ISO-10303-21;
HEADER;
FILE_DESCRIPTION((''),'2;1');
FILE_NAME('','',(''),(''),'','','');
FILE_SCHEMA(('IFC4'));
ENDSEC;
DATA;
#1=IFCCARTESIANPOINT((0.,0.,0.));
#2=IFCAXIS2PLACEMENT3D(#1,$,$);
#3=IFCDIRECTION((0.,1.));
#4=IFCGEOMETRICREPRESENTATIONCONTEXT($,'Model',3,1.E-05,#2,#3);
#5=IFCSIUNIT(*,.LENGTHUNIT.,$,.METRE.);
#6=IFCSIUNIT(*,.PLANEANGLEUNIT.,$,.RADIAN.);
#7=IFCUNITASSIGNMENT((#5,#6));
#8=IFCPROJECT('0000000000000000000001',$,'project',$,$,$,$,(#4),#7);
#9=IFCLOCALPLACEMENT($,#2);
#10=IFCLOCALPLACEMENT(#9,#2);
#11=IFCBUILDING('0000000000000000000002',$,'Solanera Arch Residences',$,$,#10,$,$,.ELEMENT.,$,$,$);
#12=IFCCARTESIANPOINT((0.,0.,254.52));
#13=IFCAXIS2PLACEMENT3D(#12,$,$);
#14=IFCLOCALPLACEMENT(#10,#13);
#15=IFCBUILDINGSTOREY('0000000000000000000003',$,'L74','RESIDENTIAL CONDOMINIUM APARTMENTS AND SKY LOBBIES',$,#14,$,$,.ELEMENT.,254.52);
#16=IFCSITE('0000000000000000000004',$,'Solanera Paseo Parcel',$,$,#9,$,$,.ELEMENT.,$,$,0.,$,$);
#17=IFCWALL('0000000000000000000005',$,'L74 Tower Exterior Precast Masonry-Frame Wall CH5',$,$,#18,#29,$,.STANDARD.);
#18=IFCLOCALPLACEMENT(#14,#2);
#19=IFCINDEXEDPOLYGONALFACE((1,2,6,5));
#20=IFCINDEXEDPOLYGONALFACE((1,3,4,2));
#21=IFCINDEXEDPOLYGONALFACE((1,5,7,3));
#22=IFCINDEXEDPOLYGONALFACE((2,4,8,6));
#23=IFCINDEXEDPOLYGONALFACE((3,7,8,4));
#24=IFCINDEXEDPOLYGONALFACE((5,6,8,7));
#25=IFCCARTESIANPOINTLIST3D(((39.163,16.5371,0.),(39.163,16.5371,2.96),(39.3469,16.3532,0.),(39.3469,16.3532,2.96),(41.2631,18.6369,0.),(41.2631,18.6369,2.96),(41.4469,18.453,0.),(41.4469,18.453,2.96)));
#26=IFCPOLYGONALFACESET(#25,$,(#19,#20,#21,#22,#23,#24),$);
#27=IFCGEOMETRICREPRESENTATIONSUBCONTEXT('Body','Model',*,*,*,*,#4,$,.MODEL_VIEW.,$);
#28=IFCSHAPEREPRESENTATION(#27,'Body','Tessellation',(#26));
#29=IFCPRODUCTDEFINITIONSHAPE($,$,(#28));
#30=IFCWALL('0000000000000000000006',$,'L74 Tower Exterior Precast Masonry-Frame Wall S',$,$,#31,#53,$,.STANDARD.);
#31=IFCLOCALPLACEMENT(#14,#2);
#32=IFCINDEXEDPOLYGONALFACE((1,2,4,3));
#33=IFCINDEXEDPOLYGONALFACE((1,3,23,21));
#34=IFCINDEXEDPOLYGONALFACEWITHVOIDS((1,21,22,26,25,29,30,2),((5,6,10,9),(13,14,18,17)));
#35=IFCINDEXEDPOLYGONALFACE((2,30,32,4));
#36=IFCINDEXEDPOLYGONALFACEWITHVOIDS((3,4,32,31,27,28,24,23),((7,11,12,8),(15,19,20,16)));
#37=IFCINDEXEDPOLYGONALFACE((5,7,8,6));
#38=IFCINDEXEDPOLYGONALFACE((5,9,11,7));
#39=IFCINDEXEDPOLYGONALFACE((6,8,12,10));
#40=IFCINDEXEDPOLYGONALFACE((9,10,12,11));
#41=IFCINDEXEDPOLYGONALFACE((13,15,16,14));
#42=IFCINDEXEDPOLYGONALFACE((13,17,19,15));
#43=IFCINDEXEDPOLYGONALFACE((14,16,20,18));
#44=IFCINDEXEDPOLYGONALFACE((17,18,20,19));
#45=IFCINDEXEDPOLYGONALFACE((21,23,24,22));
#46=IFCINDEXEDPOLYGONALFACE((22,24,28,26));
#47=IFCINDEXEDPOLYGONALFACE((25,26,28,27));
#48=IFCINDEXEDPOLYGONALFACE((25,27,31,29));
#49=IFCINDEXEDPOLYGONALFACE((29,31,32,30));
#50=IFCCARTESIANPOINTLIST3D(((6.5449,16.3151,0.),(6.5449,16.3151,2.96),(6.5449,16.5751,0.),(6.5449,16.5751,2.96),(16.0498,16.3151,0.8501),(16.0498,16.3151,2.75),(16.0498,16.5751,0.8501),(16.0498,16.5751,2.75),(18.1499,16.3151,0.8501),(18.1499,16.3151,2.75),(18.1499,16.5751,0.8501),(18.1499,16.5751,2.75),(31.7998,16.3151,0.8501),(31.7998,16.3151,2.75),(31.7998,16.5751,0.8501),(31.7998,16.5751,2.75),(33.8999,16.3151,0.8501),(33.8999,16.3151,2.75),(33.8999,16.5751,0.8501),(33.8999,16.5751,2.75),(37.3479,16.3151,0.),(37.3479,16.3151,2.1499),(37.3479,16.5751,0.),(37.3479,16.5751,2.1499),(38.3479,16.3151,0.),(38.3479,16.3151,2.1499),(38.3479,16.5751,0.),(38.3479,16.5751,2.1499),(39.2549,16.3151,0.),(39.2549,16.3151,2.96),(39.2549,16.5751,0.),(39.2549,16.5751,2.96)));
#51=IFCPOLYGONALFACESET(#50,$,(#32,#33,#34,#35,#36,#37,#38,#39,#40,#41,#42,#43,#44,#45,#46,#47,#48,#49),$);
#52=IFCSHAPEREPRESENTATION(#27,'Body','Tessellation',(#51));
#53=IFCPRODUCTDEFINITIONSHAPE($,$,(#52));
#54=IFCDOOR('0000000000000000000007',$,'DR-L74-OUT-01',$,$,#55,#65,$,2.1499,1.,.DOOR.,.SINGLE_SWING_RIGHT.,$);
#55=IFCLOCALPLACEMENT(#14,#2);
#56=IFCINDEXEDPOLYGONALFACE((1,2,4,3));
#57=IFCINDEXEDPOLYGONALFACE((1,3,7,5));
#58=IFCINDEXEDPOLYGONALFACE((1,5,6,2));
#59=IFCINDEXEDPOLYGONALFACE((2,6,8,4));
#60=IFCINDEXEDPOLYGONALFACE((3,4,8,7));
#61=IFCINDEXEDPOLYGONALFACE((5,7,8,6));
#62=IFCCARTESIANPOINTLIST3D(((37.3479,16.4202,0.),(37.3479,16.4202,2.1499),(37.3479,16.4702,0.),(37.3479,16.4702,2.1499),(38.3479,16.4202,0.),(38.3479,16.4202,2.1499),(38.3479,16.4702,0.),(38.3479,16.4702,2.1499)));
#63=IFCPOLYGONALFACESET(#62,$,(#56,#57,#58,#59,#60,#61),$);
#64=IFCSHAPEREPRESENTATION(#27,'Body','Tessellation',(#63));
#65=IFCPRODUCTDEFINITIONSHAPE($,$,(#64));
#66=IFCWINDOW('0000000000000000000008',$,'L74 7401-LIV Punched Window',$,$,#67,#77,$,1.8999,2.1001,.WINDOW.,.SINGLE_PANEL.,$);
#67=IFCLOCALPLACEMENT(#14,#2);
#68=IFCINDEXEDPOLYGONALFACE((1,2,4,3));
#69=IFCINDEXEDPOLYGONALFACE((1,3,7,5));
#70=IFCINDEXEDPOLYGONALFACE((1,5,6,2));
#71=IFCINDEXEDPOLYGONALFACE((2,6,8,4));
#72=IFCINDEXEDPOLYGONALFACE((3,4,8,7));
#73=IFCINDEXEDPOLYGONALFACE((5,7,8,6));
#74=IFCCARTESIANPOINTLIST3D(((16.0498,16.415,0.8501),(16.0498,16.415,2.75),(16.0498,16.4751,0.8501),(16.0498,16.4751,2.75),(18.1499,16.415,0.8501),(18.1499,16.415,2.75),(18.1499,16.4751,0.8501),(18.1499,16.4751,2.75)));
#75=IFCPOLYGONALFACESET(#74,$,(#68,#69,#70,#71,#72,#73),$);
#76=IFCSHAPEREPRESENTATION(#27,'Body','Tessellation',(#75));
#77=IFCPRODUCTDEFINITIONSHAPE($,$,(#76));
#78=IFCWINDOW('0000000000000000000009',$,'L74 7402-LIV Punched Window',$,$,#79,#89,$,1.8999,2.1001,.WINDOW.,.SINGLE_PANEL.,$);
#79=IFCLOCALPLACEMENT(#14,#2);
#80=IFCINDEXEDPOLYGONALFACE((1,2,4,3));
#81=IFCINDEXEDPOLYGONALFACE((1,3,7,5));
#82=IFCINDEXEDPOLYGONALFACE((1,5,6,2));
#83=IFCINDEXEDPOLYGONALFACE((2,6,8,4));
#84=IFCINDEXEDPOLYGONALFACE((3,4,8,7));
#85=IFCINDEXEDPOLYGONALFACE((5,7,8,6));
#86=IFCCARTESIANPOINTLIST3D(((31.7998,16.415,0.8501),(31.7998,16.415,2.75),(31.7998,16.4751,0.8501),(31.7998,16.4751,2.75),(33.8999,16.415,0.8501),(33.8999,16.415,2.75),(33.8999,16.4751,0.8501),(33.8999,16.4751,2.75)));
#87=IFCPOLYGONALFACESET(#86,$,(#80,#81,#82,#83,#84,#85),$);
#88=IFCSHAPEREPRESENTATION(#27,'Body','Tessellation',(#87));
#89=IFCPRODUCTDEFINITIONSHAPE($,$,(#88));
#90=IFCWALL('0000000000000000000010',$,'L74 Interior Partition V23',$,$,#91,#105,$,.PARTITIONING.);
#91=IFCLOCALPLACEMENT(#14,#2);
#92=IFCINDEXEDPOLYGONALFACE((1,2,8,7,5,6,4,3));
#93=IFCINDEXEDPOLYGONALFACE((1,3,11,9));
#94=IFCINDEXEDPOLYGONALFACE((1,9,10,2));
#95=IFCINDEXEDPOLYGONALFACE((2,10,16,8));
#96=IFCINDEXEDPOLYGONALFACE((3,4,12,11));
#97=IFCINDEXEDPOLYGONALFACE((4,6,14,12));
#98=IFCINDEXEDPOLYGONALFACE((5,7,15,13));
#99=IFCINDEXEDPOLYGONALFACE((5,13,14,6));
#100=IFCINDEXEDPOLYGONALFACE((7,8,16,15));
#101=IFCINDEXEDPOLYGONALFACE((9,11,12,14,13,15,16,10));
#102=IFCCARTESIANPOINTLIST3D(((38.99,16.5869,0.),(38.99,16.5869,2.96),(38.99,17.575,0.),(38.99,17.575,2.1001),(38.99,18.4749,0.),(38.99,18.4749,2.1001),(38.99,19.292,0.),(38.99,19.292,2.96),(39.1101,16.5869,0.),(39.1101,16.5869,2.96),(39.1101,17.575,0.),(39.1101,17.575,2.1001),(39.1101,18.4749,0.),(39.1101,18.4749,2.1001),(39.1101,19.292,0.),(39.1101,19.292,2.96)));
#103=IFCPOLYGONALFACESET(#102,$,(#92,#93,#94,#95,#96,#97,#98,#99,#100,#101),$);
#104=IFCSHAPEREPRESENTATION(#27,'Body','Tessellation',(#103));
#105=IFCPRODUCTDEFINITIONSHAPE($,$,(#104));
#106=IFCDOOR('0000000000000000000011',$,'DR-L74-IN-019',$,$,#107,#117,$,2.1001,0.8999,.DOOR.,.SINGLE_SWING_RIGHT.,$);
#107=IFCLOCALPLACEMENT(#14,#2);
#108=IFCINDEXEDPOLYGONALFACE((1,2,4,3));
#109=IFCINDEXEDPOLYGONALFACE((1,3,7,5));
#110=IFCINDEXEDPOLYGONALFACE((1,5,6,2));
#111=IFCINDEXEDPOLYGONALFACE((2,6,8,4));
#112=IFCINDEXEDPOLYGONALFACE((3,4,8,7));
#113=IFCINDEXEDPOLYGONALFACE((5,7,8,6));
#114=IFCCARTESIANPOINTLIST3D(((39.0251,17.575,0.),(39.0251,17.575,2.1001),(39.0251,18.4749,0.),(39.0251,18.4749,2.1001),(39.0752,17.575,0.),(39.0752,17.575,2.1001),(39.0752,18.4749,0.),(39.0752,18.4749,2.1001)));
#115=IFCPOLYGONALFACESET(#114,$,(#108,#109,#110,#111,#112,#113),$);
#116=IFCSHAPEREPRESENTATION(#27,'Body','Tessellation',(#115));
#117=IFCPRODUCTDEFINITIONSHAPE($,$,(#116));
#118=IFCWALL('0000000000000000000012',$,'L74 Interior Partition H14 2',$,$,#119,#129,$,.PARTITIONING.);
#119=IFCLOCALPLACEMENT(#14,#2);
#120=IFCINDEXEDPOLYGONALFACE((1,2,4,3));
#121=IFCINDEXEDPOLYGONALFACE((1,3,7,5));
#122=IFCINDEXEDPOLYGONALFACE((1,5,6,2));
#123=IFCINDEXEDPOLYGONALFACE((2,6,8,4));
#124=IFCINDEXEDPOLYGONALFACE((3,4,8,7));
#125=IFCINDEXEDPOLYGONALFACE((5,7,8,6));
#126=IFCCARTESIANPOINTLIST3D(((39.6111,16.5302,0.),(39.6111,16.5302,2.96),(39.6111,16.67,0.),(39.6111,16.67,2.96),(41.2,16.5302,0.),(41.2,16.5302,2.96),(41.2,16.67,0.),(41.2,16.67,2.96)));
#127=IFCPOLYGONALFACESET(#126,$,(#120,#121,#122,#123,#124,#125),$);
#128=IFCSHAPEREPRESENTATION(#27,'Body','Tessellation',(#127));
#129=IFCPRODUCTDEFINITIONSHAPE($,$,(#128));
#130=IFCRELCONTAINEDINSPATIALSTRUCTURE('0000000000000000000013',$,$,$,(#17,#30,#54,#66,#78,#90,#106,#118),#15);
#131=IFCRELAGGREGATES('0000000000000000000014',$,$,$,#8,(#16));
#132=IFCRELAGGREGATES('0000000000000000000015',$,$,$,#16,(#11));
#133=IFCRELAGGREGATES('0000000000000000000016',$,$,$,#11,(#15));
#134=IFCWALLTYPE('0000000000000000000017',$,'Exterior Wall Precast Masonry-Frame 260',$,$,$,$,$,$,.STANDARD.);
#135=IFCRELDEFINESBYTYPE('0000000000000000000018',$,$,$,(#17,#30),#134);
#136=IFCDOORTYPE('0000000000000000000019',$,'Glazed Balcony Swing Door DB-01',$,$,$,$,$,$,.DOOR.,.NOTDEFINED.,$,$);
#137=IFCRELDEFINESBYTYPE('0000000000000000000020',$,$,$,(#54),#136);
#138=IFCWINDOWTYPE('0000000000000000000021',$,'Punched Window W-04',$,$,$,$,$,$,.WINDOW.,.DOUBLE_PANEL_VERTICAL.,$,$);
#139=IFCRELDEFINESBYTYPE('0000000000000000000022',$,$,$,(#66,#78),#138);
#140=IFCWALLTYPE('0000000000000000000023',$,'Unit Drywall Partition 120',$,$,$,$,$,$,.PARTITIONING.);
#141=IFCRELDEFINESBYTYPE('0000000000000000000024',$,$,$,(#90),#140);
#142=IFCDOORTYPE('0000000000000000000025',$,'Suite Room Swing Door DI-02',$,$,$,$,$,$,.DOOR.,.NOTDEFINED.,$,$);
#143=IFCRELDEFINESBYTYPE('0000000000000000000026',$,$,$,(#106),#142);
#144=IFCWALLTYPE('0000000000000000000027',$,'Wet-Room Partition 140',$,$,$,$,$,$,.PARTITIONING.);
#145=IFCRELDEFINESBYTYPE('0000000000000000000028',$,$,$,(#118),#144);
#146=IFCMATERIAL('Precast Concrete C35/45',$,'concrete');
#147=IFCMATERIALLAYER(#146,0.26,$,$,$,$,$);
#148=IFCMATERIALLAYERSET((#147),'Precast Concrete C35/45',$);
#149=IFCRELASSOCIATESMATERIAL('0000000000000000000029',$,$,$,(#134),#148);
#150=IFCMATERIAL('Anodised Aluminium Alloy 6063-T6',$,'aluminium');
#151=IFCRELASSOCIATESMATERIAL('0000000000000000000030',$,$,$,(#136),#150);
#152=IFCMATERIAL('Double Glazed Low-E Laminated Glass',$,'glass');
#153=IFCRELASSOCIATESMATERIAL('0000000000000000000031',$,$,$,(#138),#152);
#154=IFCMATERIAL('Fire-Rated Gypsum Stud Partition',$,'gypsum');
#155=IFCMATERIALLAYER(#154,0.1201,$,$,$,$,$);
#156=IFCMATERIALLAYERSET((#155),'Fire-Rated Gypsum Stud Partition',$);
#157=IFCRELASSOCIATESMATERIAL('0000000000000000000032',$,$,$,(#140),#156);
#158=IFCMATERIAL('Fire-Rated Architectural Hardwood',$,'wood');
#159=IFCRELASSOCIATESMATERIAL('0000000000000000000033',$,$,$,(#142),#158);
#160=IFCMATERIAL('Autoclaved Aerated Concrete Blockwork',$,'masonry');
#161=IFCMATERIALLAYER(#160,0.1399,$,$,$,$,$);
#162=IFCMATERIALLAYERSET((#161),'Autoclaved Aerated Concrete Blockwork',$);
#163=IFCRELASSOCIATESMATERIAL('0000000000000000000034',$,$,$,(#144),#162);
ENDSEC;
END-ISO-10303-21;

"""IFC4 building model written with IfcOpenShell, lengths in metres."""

from ifc_helpers import new_model, si_unit, direction, frame, frame_2d, origin, place, context, subcontext, project, spatial, rectangle, extrude, material, layer, layer_set, type_object, element, fill, save


model = new_model("IFC4")

# Units and contexts
model_context = context("Model", 3, precision=1e-05, world=origin(), true_north=direction((0.0, 1.0)))
body_context = subcontext(model_context, "Body", "Model", "MODEL_VIEW")
ifc_project = project(units=[si_unit("LENGTHUNIT", "METRE"), si_unit("PLANEANGLEUNIT", "RADIAN")], contexts=[model_context])

# Site, building, storey
site_placement = place(None, origin())
site = spatial("IfcSite", under=ifc_project, at=site_placement, Name="Solanera Paseo Parcel", CompositionType="ELEMENT", RefElevation=0.0)
building_placement = place(site_placement, origin())
building = spatial("IfcBuilding", under=site, at=building_placement, Name="Solanera Arch Residences", CompositionType="ELEMENT")
storey_placement = place(building_placement, frame((0.0, 0.0, 254.52)))
storey = spatial("IfcBuildingStorey", under=building, at=storey_placement, Name="L74", Description="RESIDENTIAL CONDOMINIUM APARTMENTS AND SKY LOBBIES", CompositionType="ELEMENT", Elevation=254.52)

# Wall
ifc_material_1 = material(Name="Precast Concrete C35/45", Category="concrete")
ifc_layer_1 = layer(ifc_material_1, 0.26)
ifc_layer_set_1 = layer_set([ifc_layer_1], Name="Precast Concrete C35/45")
wall_type_1 = type_object("IfcWallType", Name="Exterior Wall Precast Masonry-Frame 260", PredefinedType="STANDARD", material=ifc_layer_set_1)
wall_1_placement = place(storey_placement, frame((41.355, 18.5449, 0.0), z_axis=(0.0, 0.0, 1.0), x_axis=(-0.707148, -0.707066, 0.0)))
element("IfcWall", 1, at=wall_1_placement, inside=storey, type_object=wall_type_1, Name="L74 Tower Exterior Precast Masonry-Frame Wall CH5", PredefinedType="STANDARD", context=body_context, shape_type="SweptSolid", body=[
    extrude(rectangle(XDim=2.9697, YDim=0.26, at=frame_2d((1.4849, 0.0))), origin(), (0.0, 0.0, 1.0), 2.96),
])

# Wall, openings, door, windows
wall_2_placement = place(storey_placement, frame((39.2549, 16.4451, 0.0), z_axis=(0.0, 0.0, 1.0), x_axis=(-1.0, 0.0, 0.0)))
wall_2 = element("IfcWall", 2, at=wall_2_placement, inside=storey, type_object=wall_type_1, Name="L74 Tower Exterior Precast Masonry-Frame Wall S", PredefinedType="STANDARD", context=body_context, shape_type="SweptSolid", body=[
    extrude(rectangle(XDim=32.71, YDim=0.26, at=frame_2d((16.355, 0.0))), origin(), (0.0, 0.0, 1.0), 2.96),
])
opening_1_placement = place(wall_2_placement, frame((0.907, 0.0, 0.0)))
opening_1 = element("IfcOpeningElement", 3, at=opening_1_placement, cuts=wall_2, PredefinedType="OPENING", context=body_context, shape_type="SweptSolid", body=[
    extrude(rectangle(XDim=1.0, YDim=2.1499, at=frame_2d((0.5, 1.075))), frame((0.0, 0.1399, 0.0), z_axis=(0.0, -1.0, 0.0), x_axis=(1.0, 0.0, 0.0)), (0.0, 0.0, 1.0), 0.28),
])
opening_2_placement = place(wall_2_placement, frame((21.105, 0.0, 0.8501)))
opening_2 = element("IfcOpeningElement", 4, at=opening_2_placement, cuts=wall_2, PredefinedType="OPENING", context=body_context, shape_type="SweptSolid", body=[
    extrude(rectangle(XDim=2.1001, YDim=1.8999, at=frame_2d((1.05, 0.95))), frame((0.0, 0.1399, 0.0), z_axis=(0.0, -1.0, 0.0), x_axis=(1.0, 0.0, 0.0)), (0.0, 0.0, 1.0), 0.28),
])
opening_3_placement = place(wall_2_placement, frame((5.355, 0.0, 0.8501)))
opening_3 = element("IfcOpeningElement", 5, at=opening_3_placement, cuts=wall_2, PredefinedType="OPENING", context=body_context, shape_type="SweptSolid", body=[
    extrude(rectangle(XDim=2.1001, YDim=1.8999, at=frame_2d((1.05, 0.95))), frame((0.0, 0.1399, 0.0), z_axis=(0.0, -1.0, 0.0), x_axis=(1.0, 0.0, 0.0)), (0.0, 0.0, 1.0), 0.28),
])
ifc_material_2 = material(Name="Anodised Aluminium Alloy 6063-T6", Category="aluminium")
door_type_1 = type_object("IfcDoorType", Name="Glazed Balcony Swing Door DB-01", OperationType="NOTDEFINED", PredefinedType="DOOR", material=ifc_material_2)
door_1_placement = place(opening_1_placement, origin())
door_1 = element("IfcDoor", 6, at=door_1_placement, inside=storey, type_object=door_type_1, Name="DR-L74-OUT-01", OperationType="SINGLE_SWING_RIGHT", OverallHeight=2.1499, OverallWidth=1.0, PredefinedType="DOOR", context=body_context, shape_type="SweptSolid", body=[
    extrude(rectangle(XDim=1.0, YDim=2.1499, at=frame_2d((0.5, 1.075))), frame((0.0, 0.0249, 0.0), z_axis=(0.0, -1.0, 0.0), x_axis=(1.0, 0.0, 0.0)), (0.0, 0.0, 1.0), 0.05),
])
fill(opening_1, door_1)
ifc_material_3 = material(Name="Double Glazed Low-E Laminated Glass", Category="glass")
window_type = type_object("IfcWindowType", Name="Punched Window W-04", PartitioningType="DOUBLE_PANEL_VERTICAL", PredefinedType="WINDOW", material=ifc_material_3)
window_1_placement = place(opening_2_placement, origin())
window_1 = element("IfcWindow", 7, at=window_1_placement, inside=storey, type_object=window_type, Name="L74 7401-LIV Punched Window", OverallHeight=1.8999, OverallWidth=2.1001, PartitioningType="SINGLE_PANEL", PredefinedType="WINDOW", context=body_context, shape_type="SweptSolid", body=[
    extrude(rectangle(XDim=2.1001, YDim=1.8999, at=frame_2d((1.05, 0.95))), frame((0.0, 0.03, 0.0), z_axis=(0.0, -1.0, 0.0), x_axis=(1.0, 0.0, 0.0)), (0.0, 0.0, 1.0), 0.0601),
])
fill(opening_2, window_1)
window_2_placement = place(opening_3_placement, origin())
window_2 = element("IfcWindow", 8, at=window_2_placement, inside=storey, type_object=window_type, Name="L74 7402-LIV Punched Window", OverallHeight=1.8999, OverallWidth=2.1001, PartitioningType="SINGLE_PANEL", PredefinedType="WINDOW", context=body_context, shape_type="SweptSolid", body=[
    extrude(rectangle(XDim=2.1001, YDim=1.8999, at=frame_2d((1.05, 0.95))), frame((0.0, 0.03, 0.0), z_axis=(0.0, -1.0, 0.0), x_axis=(1.0, 0.0, 0.0)), (0.0, 0.0, 1.0), 0.0601),
])
fill(opening_3, window_2)

# Wall, opening, door
ifc_material_4 = material(Name="Fire-Rated Gypsum Stud Partition", Category="gypsum")
ifc_layer_2 = layer(ifc_material_4, 0.1201)
ifc_layer_set_2 = layer_set([ifc_layer_2], Name="Fire-Rated Gypsum Stud Partition")
wall_type_2 = type_object("IfcWallType", Name="Unit Drywall Partition 120", PredefinedType="PARTITIONING", material=ifc_layer_set_2)
wall_3_placement = place(storey_placement, frame((39.05, 16.5869, 0.0), z_axis=(0.0, 0.0, 1.0), x_axis=(0.0, 1.0, 0.0)))
wall_3 = element("IfcWall", 9, at=wall_3_placement, inside=storey, type_object=wall_type_2, Name="L74 Interior Partition V23", PredefinedType="PARTITIONING", context=body_context, shape_type="SweptSolid", body=[
    extrude(rectangle(XDim=2.7051, YDim=0.1201, at=frame_2d((1.3525, 0.0))), origin(), (0.0, 0.0, 1.0), 2.96),
])
opening_4_placement = place(wall_3_placement, frame((0.988, 0.0, 0.0)))
opening_4 = element("IfcOpeningElement", 10, at=opening_4_placement, cuts=wall_3, PredefinedType="OPENING", context=body_context, shape_type="SweptSolid", body=[
    extrude(rectangle(XDim=0.8999, YDim=2.1001, at=frame_2d((0.45, 1.05))), frame((0.0, 0.0701, 0.0), z_axis=(0.0, -1.0, 0.0), x_axis=(1.0, 0.0, 0.0)), (0.0, 0.0, 1.0), 0.1401),
])
ifc_material_5 = material(Name="Fire-Rated Architectural Hardwood", Category="wood")
door_type_2 = type_object("IfcDoorType", Name="Suite Room Swing Door DI-02", OperationType="NOTDEFINED", PredefinedType="DOOR", material=ifc_material_5)
door_2_placement = place(opening_4_placement, origin())
door_2 = element("IfcDoor", 11, at=door_2_placement, inside=storey, type_object=door_type_2, Name="DR-L74-IN-019", OperationType="SINGLE_SWING_RIGHT", OverallHeight=2.1001, OverallWidth=0.8999, PredefinedType="DOOR", context=body_context, shape_type="SweptSolid", body=[
    extrude(rectangle(XDim=0.8999, YDim=2.1001, at=frame_2d((0.45, 1.05))), frame((0.0, 0.0249, 0.0), z_axis=(0.0, -1.0, 0.0), x_axis=(1.0, 0.0, 0.0)), (0.0, 0.0, 1.0), 0.05),
])
fill(opening_4, door_2)

# Wall
ifc_material_6 = material(Name="Autoclaved Aerated Concrete Blockwork", Category="masonry")
ifc_layer_3 = layer(ifc_material_6, 0.1399)
ifc_layer_set_3 = layer_set([ifc_layer_3], Name="Autoclaved Aerated Concrete Blockwork")
wall_type_3 = type_object("IfcWallType", Name="Wet-Room Partition 140", PredefinedType="PARTITIONING", material=ifc_layer_set_3)
wall_4_placement = place(storey_placement, frame((39.6111, 16.6001, 0.0), z_axis=(0.0, 0.0, 1.0), x_axis=(1.0, 0.0, 0.0)))
element("IfcWall", 12, at=wall_4_placement, inside=storey, type_object=wall_type_3, Name="L74 Interior Partition H14 2", PredefinedType="PARTITIONING", context=body_context, shape_type="SweptSolid", body=[
    extrude(rectangle(XDim=1.5889, YDim=0.1399, at=frame_2d((0.7944, 0.0))), origin(), (0.0, 0.0, 1.0), 2.96),
])

save(model, "model.ifc")
